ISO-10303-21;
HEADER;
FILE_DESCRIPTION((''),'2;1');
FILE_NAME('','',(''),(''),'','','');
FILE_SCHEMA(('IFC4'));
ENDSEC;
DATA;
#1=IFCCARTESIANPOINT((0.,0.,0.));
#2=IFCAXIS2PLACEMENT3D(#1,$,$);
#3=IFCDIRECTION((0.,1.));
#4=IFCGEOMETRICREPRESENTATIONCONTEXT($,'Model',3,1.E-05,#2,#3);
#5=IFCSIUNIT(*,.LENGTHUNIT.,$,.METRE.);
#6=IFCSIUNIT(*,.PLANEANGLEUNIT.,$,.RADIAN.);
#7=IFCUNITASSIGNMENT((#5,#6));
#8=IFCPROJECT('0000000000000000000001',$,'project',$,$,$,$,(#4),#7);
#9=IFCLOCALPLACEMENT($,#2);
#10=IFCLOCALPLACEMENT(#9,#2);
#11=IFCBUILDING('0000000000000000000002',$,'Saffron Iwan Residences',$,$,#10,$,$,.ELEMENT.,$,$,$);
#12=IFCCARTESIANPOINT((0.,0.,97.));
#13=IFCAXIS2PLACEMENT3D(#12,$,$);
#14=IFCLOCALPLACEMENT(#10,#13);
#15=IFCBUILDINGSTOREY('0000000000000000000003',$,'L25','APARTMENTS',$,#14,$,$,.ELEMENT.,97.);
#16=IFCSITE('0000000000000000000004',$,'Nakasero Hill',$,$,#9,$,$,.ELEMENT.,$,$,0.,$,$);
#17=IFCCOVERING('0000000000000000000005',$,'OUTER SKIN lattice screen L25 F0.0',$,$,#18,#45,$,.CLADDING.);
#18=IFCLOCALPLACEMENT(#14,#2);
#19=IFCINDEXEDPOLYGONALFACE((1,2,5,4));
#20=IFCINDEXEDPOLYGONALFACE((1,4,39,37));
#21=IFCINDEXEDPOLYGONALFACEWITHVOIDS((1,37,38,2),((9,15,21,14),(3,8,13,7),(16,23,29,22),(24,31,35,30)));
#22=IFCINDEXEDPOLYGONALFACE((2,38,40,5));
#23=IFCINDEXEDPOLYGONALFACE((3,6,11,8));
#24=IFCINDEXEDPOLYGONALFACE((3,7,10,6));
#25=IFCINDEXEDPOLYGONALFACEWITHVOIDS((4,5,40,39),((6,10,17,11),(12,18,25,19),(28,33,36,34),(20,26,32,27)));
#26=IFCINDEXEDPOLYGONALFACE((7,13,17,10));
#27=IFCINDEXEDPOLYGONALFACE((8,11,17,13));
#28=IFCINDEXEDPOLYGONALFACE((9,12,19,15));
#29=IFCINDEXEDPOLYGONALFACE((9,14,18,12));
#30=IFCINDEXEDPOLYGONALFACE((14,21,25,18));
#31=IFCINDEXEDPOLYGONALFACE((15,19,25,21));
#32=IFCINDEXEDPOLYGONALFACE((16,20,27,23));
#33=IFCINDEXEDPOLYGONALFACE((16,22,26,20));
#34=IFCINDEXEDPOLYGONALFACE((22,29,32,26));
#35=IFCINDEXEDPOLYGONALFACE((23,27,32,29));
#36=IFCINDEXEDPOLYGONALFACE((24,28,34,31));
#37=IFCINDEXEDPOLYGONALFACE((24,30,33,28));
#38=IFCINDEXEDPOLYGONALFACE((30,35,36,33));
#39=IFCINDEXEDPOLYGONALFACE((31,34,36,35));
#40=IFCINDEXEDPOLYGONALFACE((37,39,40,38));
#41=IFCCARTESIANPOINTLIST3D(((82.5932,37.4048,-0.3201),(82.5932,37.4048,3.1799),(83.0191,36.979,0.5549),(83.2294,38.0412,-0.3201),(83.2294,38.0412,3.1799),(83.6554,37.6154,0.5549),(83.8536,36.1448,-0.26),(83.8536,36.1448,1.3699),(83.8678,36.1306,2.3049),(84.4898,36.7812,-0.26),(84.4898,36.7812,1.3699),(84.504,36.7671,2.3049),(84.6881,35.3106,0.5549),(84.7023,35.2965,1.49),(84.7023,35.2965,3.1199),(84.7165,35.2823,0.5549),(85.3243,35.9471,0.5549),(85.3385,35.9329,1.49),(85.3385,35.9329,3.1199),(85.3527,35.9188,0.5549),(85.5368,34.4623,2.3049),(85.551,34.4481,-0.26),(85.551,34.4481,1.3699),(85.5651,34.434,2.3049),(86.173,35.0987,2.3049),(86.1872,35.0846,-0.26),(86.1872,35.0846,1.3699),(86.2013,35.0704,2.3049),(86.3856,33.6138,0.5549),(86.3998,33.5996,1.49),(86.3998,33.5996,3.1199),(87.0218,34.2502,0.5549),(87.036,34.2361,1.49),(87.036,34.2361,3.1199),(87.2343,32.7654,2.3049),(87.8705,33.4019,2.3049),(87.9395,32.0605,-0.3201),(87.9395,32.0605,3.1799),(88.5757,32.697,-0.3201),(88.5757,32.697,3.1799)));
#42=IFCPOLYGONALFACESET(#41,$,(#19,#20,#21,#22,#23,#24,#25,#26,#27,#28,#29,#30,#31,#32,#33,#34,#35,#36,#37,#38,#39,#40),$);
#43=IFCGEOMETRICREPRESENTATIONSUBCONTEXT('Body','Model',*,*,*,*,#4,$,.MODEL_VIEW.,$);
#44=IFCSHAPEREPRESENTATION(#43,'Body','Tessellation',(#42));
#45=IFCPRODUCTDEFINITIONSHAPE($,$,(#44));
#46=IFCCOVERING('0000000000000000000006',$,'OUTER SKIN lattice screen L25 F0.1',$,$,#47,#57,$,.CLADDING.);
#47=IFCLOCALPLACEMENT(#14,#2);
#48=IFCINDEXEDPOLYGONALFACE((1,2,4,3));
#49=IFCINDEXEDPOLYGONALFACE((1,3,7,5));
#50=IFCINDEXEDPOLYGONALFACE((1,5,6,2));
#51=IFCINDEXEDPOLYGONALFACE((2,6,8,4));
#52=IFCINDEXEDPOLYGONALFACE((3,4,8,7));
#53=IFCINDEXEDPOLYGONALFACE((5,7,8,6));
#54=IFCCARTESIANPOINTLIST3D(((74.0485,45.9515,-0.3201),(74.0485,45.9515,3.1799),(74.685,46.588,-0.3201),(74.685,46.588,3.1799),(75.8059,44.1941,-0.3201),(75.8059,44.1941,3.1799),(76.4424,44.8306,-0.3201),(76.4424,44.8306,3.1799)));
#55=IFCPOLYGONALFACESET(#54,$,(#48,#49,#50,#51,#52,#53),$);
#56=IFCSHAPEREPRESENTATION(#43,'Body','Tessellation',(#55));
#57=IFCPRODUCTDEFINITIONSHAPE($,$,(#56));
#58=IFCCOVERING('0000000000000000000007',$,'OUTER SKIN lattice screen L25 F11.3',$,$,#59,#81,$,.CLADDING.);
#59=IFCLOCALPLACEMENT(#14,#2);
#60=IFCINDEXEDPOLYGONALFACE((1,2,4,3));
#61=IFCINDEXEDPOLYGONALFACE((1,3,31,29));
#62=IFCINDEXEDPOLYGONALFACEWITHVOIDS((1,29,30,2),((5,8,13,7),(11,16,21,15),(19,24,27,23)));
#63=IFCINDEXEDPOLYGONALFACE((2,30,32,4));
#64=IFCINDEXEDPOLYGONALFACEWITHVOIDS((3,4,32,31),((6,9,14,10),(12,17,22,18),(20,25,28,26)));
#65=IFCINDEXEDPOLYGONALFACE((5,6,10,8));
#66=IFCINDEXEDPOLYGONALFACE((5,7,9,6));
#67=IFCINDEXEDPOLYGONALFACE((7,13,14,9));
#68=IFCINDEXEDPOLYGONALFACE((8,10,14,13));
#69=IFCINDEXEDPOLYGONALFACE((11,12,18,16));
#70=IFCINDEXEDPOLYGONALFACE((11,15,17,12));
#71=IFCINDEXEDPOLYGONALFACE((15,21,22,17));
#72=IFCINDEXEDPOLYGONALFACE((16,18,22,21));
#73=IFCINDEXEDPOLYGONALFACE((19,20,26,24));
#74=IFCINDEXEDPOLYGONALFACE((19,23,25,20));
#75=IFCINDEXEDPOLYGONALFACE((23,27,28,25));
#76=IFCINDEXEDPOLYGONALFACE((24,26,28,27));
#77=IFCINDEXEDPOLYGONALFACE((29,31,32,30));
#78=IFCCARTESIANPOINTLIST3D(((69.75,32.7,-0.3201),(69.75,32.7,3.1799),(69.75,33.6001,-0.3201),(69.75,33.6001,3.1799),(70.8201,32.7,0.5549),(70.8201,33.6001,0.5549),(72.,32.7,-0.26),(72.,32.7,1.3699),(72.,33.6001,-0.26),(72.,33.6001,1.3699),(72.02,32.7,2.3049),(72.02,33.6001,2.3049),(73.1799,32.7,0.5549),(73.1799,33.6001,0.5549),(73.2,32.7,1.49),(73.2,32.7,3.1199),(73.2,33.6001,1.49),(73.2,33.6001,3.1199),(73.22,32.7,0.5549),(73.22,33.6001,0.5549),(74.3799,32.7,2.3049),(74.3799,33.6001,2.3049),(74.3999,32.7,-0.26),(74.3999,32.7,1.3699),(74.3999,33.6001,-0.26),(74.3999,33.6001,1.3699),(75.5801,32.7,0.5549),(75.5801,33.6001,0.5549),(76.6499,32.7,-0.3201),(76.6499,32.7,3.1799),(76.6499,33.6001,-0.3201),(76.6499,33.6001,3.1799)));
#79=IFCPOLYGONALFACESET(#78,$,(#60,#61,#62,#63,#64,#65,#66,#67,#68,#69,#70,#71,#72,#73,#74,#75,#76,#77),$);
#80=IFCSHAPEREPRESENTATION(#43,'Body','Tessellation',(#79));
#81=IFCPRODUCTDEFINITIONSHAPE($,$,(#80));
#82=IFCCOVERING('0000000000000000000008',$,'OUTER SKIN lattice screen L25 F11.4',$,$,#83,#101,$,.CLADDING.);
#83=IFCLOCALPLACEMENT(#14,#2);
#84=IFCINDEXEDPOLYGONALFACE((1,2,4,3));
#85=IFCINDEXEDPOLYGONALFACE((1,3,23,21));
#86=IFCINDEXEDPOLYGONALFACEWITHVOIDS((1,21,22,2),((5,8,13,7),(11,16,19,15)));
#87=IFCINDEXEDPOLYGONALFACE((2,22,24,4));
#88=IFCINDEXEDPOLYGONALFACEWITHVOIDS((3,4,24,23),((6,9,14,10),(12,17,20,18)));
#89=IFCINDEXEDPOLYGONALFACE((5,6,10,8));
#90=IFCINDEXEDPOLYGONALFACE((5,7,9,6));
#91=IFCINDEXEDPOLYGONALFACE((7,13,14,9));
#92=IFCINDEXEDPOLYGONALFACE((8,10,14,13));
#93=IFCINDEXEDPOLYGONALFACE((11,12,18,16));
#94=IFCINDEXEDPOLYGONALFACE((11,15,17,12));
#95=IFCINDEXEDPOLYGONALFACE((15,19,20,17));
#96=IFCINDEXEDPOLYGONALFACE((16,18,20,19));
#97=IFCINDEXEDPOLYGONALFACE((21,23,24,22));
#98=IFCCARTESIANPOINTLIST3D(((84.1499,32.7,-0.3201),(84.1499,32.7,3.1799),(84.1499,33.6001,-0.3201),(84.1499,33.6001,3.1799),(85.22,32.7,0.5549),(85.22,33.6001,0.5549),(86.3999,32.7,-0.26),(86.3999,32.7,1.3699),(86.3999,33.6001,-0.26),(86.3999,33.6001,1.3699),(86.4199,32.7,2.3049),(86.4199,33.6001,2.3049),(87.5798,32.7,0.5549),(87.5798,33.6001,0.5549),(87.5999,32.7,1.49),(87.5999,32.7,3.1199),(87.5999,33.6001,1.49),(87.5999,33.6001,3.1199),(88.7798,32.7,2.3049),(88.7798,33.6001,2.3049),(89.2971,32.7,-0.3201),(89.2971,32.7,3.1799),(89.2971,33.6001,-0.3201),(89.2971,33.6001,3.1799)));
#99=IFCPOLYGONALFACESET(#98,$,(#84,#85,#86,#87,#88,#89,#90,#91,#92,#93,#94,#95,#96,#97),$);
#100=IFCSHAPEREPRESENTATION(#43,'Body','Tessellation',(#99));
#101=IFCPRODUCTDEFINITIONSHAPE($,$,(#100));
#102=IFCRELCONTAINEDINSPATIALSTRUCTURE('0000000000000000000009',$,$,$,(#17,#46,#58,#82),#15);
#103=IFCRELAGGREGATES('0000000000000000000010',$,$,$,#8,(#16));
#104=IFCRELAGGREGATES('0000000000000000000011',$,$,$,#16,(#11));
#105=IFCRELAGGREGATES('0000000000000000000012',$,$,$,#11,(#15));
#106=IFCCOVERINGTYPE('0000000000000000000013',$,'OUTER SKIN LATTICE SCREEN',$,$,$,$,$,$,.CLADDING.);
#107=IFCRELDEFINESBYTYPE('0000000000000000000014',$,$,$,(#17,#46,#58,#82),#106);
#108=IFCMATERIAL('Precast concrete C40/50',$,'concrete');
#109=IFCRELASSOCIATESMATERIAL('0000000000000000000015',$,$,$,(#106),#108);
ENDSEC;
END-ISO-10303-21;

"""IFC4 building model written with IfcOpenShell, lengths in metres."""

from ifc_helpers import new_model, si_unit, direction, frame, origin, place, context, subcontext, project, spatial, polyline, outline, extrude, material, type_object, element, save


model = new_model("IFC4")

# Units and contexts
model_context = context("Model", 3, precision=1e-05, world=origin(), true_north=direction((0.0, 1.0)))
body_context = subcontext(model_context, "Body", "Model", "MODEL_VIEW")
ifc_project = project(units=[si_unit("LENGTHUNIT", "METRE"), si_unit("PLANEANGLEUNIT", "RADIAN")], contexts=[model_context])

# Site, building, storey
site_placement = place(None, origin())
site = spatial("IfcSite", under=ifc_project, at=site_placement, Name="Nakasero Hill", CompositionType="ELEMENT", RefElevation=0.0)
building_placement = place(site_placement, origin())
building = spatial("IfcBuilding", under=site, at=building_placement, Name="Saffron Iwan Residences", CompositionType="ELEMENT")
storey_placement = place(building_placement, frame((0.0, 0.0, 97.0)))
storey = spatial("IfcBuildingStorey", under=building, at=storey_placement, Name="L25", Description="APARTMENTS", CompositionType="ELEMENT", Elevation=97.0)

# Coverings
ifc_material_1 = material(Name="Precast concrete C40/50", Category="concrete")
covering_type = type_object("IfcCoveringType", Name="OUTER SKIN LATTICE SCREEN", PredefinedType="CLADDING", material=ifc_material_1)
covering_1_placement = place(storey_placement, frame((87.9395, 32.0605, -0.3201), z_axis=(0.706971, 0.707242, 0.0), x_axis=(-0.707242, 0.706971, 0.0)))
element("IfcCovering", 1, at=covering_1_placement, inside=storey, type_object=covering_type, Name="OUTER SKIN lattice screen L25 F0.0", PredefinedType="CLADDING", context=body_context, shape_type="SweptSolid", body=[
    extrude(outline(polyline([(0.0, 0.0), (7.5593, 0.0), (7.5593, 3.5), (0.0, 3.5), (0.0, 0.0)]), holes=[polyline([(2.197, 0.875), (3.3772, 0.0601), (4.5571, 0.875), (3.3772, 1.6899), (2.197, 0.875)]), polyline([(4.5972, 0.875), (5.7771, 0.0601), (6.957, 0.875), (5.7771, 1.6899), (4.5972, 0.875)]), polyline([(0.9971, 2.625), (2.177, 1.8101), (3.3572, 2.625), (2.177, 3.4399), (0.9971, 2.625)]), polyline([(3.3972, 2.625), (4.5771, 1.8101), (5.7571, 2.625), (4.5771, 3.4399), (3.3972, 2.625)])]), origin(), (0.0, 0.0, 1.0), 0.8999),
])
covering_2_placement = place(storey_placement, frame((75.8059, 44.1941, -0.3201), z_axis=(0.707107, 0.707107, 0.0), x_axis=(-0.707107, 0.707107, 0.0)))
element("IfcCovering", 2, at=covering_2_placement, inside=storey, type_object=covering_type, Name="OUTER SKIN lattice screen L25 F0.1", PredefinedType="CLADDING", context=body_context, shape_type="SweptSolid", body=[
    extrude(outline(polyline([(0.0, 0.0), (2.4854, 0.0), (2.4854, 3.5), (0.0, 3.5), (0.0, 0.0)])), origin(), (0.0, 0.0, 1.0), 0.9001),
])
covering_3_placement = place(storey_placement, frame((69.75, 33.6001, -0.3201), z_axis=(0.0, -1.0, 0.0), x_axis=(1.0, 0.0, 0.0)))
element("IfcCovering", 3, at=covering_3_placement, inside=storey, type_object=covering_type, Name="OUTER SKIN lattice screen L25 F11.3", PredefinedType="CLADDING", context=body_context, shape_type="SweptSolid", body=[
    extrude(outline(polyline([(0.0, 0.0), (6.8999, 0.0), (6.8999, 3.5), (0.0, 3.5), (0.0, 0.0)]), holes=[polyline([(1.0701, 0.875), (2.25, 0.0601), (3.4299, 0.875), (2.25, 1.6899), (1.0701, 0.875)]), polyline([(3.47, 0.875), (4.6499, 0.0601), (5.8301, 0.875), (4.6499, 1.6899), (3.47, 0.875)]), polyline([(2.27, 2.625), (3.45, 1.8101), (4.6299, 2.625), (3.45, 3.4399), (2.27, 2.625)])]), origin(), (0.0, 0.0, 1.0), 0.9001),
])
covering_4_placement = place(storey_placement, frame((84.1499, 33.6001, -0.3201), z_axis=(0.0, -1.0, 0.0), x_axis=(1.0, 0.0, 0.0)))
element("IfcCovering", 4, at=covering_4_placement, inside=storey, type_object=covering_type, Name="OUTER SKIN lattice screen L25 F11.4", PredefinedType="CLADDING", context=body_context, shape_type="SweptSolid", body=[
    extrude(outline(polyline([(0.0, 0.0), (5.1472, 0.0), (5.1472, 3.5), (0.0, 3.5), (0.0, 0.0)]), holes=[polyline([(1.0701, 0.875), (2.25, 0.0601), (3.4299, 0.875), (2.25, 1.6899), (1.0701, 0.875)]), polyline([(2.27, 2.625), (3.45, 1.8101), (4.6299, 2.625), (3.45, 3.4399), (2.27, 2.625)])]), origin(), (0.0, 0.0, 1.0), 0.9001),
])

save(model, "model.ifc")
